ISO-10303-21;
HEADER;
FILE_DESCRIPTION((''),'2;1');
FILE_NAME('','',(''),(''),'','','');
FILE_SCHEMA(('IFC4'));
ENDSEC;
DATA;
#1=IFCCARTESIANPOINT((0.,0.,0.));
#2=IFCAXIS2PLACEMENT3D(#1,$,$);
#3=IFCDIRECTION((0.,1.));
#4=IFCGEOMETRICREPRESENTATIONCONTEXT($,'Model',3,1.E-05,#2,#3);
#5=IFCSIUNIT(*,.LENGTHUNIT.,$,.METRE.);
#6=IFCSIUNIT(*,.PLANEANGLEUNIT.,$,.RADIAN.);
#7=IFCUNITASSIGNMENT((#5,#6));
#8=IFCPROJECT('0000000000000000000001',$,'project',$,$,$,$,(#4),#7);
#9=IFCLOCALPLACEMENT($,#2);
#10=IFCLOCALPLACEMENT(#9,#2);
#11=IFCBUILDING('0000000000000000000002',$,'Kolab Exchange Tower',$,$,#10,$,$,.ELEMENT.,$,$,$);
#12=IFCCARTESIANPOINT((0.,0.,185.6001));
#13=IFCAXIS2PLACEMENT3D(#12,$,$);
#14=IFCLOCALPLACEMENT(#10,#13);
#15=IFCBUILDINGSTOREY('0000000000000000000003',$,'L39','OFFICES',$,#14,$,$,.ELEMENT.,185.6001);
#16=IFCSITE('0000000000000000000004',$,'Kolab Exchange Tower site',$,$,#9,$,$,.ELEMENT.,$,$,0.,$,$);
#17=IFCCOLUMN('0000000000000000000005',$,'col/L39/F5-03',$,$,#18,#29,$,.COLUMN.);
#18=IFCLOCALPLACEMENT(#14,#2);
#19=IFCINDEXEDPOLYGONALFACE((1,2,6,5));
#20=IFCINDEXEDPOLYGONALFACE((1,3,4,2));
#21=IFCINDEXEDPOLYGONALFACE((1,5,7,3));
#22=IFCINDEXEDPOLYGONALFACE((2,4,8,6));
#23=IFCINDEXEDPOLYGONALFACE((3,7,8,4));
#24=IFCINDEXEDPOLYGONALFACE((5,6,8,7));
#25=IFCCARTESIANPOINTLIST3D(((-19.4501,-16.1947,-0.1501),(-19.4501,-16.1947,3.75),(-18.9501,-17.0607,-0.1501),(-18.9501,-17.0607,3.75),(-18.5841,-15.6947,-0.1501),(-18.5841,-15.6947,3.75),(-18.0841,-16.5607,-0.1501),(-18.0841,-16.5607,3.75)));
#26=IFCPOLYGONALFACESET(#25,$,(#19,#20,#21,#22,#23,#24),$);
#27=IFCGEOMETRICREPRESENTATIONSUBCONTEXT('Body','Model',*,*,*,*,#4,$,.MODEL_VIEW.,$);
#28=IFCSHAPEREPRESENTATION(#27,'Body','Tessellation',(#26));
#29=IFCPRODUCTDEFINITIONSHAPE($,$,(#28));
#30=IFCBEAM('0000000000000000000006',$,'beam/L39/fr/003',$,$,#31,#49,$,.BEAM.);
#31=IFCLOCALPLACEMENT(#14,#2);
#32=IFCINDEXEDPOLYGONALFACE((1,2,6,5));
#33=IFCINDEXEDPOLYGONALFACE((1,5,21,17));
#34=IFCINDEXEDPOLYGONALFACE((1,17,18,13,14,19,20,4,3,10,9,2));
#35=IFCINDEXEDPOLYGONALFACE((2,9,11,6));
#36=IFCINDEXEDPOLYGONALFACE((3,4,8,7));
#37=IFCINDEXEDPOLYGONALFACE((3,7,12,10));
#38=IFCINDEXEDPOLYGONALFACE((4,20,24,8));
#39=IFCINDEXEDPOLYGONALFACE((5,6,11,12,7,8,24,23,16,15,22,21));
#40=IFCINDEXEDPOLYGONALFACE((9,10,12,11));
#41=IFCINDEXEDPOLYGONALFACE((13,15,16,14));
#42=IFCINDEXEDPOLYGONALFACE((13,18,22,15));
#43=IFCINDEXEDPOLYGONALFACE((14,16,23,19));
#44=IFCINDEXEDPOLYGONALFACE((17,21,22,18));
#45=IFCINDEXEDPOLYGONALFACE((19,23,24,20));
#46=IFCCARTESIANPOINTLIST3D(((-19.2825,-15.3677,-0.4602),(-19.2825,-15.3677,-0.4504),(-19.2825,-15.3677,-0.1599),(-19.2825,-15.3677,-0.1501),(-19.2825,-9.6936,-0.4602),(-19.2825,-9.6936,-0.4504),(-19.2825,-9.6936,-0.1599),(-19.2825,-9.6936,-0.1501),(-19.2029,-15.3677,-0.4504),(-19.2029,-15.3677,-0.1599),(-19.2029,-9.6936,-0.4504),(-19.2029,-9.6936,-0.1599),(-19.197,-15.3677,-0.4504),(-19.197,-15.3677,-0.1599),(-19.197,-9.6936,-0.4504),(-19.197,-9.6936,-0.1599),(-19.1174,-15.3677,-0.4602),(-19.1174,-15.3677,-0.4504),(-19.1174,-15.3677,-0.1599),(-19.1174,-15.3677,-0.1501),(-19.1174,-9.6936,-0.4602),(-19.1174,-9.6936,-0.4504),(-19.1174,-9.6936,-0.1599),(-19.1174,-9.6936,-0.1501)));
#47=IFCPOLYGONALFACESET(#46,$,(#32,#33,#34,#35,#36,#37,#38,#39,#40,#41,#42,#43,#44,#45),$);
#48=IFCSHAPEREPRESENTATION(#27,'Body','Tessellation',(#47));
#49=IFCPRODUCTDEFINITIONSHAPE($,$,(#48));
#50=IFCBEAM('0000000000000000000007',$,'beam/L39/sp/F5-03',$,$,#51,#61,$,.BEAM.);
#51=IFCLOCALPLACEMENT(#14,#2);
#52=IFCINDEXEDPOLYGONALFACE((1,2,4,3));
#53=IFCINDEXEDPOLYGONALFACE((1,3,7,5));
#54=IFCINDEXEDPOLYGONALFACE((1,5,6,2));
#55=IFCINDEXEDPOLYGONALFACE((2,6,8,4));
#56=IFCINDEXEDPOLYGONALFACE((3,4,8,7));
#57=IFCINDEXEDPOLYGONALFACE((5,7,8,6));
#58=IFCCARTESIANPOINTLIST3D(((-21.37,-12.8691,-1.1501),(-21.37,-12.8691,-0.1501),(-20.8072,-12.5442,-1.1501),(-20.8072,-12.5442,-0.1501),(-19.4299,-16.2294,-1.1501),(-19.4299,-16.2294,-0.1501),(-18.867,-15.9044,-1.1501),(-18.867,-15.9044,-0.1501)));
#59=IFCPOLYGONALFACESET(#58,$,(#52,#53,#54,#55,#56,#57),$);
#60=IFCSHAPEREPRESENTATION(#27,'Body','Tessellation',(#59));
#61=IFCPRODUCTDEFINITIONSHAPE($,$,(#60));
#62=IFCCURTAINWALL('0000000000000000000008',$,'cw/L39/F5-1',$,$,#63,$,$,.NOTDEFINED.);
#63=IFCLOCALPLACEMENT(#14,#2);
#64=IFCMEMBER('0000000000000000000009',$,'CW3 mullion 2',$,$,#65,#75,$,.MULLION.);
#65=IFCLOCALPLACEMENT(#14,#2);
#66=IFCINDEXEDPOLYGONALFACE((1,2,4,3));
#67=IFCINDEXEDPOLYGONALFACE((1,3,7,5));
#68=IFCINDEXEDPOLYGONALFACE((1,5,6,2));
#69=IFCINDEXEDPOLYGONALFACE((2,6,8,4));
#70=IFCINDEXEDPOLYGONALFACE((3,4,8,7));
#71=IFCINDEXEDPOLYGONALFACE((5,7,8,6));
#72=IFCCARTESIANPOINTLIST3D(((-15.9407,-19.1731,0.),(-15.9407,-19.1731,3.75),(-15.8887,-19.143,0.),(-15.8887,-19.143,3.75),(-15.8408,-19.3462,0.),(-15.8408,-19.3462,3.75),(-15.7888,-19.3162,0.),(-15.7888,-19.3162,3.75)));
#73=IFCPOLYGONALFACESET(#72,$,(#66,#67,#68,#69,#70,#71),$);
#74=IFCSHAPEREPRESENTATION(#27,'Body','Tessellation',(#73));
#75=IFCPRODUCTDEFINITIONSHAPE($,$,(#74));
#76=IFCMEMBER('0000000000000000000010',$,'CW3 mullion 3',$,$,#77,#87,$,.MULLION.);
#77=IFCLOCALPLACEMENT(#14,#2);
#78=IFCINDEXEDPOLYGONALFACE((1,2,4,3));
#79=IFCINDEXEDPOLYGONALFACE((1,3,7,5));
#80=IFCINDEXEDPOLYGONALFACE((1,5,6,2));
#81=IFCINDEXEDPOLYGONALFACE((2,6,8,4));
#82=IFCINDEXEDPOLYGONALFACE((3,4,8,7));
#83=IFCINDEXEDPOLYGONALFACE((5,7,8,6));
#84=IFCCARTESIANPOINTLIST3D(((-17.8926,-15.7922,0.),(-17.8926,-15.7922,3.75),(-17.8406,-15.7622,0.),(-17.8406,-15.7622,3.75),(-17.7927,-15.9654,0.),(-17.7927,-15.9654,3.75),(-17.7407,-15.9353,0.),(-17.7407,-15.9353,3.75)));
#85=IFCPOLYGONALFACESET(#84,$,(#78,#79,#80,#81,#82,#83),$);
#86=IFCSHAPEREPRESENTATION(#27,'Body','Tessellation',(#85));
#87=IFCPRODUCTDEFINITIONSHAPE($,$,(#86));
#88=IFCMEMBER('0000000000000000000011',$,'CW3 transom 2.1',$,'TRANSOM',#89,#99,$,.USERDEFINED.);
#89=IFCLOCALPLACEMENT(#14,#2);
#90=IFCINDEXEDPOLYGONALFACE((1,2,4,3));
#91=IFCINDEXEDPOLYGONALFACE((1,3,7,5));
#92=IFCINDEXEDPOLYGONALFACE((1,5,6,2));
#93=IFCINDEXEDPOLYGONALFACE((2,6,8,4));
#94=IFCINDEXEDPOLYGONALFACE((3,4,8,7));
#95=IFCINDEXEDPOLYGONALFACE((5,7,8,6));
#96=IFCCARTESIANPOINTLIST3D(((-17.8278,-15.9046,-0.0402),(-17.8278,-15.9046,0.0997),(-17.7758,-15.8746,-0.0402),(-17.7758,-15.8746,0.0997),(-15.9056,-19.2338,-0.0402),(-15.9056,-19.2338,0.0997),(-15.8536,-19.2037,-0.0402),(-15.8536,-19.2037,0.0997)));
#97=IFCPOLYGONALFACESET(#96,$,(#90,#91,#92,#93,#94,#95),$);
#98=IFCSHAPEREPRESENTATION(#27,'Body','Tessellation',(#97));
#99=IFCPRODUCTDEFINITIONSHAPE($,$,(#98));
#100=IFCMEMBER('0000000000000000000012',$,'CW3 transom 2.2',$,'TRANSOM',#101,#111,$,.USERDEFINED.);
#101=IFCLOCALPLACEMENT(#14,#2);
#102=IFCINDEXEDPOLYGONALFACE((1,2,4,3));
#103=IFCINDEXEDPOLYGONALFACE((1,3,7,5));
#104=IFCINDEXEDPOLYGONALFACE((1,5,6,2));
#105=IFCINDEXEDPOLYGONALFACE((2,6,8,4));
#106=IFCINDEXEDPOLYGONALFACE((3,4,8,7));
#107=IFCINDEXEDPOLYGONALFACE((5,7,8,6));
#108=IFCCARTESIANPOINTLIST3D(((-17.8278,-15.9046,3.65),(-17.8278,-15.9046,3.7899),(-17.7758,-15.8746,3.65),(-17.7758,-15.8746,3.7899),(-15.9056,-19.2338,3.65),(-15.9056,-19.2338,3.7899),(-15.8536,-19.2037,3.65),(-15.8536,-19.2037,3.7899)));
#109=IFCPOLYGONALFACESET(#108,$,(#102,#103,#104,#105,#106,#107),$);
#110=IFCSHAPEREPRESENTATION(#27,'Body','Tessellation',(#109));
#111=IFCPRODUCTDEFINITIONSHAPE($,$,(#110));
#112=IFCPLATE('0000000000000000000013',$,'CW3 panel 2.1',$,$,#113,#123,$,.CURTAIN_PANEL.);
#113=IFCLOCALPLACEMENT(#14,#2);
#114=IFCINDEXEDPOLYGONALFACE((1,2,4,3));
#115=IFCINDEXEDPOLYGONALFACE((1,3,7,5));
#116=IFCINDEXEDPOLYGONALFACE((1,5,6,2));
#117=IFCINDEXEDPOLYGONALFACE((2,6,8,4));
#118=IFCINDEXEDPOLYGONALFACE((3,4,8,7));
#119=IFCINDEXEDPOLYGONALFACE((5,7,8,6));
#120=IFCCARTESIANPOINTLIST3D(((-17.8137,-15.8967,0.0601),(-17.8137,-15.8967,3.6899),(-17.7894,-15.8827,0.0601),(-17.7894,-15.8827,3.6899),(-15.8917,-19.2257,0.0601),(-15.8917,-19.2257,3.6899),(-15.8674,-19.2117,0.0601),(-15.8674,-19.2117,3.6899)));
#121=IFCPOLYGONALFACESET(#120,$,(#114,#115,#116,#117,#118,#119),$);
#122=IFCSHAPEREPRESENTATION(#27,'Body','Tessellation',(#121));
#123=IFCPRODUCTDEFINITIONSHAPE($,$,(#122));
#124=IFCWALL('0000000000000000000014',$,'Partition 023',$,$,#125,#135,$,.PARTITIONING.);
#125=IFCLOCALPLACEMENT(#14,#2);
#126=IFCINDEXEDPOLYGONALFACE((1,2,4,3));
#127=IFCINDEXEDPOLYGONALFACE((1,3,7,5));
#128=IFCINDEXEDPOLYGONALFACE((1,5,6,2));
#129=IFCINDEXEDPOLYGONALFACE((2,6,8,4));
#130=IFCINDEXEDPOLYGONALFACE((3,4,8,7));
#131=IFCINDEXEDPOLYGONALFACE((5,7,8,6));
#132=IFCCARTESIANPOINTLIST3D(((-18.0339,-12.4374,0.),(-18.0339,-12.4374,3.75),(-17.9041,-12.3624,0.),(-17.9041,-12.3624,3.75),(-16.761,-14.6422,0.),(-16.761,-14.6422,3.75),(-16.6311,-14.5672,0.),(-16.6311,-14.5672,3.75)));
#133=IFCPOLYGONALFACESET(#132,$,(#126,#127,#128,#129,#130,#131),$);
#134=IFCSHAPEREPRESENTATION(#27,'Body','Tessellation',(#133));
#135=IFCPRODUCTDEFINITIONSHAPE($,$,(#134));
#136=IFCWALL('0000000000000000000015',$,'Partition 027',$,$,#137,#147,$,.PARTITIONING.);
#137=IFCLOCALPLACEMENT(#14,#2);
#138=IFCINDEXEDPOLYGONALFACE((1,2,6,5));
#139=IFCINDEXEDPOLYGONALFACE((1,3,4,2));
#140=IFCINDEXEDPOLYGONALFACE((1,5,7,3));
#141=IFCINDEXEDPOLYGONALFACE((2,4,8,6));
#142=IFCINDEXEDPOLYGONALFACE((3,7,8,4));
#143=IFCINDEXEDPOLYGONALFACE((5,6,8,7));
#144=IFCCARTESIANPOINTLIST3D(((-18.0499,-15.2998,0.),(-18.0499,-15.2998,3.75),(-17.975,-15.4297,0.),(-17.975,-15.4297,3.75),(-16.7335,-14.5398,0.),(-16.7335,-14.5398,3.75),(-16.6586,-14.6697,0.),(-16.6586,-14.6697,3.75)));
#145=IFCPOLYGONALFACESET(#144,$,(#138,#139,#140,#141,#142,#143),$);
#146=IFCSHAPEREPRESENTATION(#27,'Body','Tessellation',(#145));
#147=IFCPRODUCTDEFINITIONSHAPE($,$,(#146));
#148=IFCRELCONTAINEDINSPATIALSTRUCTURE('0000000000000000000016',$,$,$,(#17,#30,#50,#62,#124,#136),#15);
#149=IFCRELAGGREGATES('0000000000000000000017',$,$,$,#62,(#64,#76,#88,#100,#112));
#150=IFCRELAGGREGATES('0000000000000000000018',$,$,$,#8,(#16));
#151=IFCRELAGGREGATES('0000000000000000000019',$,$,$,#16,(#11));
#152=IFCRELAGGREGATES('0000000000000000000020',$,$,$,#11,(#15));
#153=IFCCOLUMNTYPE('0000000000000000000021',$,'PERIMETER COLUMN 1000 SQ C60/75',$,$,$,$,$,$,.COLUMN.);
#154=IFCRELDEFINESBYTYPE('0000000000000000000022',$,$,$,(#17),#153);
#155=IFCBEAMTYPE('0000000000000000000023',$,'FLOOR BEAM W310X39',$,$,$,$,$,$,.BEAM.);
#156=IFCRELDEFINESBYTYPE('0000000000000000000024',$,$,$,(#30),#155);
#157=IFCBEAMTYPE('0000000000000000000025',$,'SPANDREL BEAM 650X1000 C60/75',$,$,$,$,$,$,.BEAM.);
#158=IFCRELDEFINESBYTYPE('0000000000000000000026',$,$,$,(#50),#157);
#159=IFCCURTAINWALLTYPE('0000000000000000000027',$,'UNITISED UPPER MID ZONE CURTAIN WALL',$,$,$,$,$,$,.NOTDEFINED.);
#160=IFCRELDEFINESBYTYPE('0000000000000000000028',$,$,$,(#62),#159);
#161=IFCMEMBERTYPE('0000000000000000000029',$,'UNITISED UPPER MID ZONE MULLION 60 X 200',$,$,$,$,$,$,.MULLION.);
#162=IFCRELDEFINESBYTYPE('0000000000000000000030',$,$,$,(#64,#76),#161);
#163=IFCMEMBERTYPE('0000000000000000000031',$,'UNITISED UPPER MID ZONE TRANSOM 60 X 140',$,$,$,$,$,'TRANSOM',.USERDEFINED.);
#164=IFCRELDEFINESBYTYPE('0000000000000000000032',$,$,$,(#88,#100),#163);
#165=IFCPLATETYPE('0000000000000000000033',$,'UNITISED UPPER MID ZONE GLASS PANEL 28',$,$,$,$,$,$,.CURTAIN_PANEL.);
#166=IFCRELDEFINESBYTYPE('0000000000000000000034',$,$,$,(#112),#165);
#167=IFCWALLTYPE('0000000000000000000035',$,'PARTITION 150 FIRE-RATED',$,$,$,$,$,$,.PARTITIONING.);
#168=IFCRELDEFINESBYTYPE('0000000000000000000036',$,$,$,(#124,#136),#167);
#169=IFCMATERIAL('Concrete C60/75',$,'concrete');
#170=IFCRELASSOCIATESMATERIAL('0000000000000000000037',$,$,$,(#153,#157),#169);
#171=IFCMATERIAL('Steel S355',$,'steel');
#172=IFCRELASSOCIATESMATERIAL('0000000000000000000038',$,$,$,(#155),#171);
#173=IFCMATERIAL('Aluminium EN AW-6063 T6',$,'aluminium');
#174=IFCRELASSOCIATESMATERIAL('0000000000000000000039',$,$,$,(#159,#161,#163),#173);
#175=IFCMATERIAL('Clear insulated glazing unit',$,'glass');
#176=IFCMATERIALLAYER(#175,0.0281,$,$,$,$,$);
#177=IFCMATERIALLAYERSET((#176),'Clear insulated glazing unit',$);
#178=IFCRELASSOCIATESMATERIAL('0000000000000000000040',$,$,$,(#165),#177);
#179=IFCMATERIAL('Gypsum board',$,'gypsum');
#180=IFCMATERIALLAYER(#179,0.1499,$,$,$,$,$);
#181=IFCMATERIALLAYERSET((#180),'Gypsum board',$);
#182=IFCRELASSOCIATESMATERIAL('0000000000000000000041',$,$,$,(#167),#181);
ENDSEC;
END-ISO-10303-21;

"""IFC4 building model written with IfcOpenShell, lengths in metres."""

from ifc_helpers import new_model, si_unit, direction, frame, frame_2d, origin, origin_2d, place, context, subcontext, project, spatial, rectangle, i_section, extrude, material, layer, layer_set, material_profile, profile_set, type_object, element, aggregate, save


model = new_model("IFC4")

# Units and contexts
model_context = context("Model", 3, precision=1e-05, world=origin(), true_north=direction((0.0, 1.0)))
body_context = subcontext(model_context, "Body", "Model", "MODEL_VIEW")
ifc_project = project(units=[si_unit("LENGTHUNIT", "METRE"), si_unit("PLANEANGLEUNIT", "RADIAN")], contexts=[model_context])

# Site, building, storey
site_placement = place(None, origin())
site = spatial("IfcSite", under=ifc_project, at=site_placement, Name="Kolab Exchange Tower site", CompositionType="ELEMENT", RefElevation=0.0)
building_placement = place(site_placement, origin())
building = spatial("IfcBuilding", under=site, at=building_placement, Name="Kolab Exchange Tower", CompositionType="ELEMENT")
storey_placement = place(building_placement, frame((0.0, 0.0, 185.6001)))
storey = spatial("IfcBuildingStorey", under=building, at=storey_placement, Name="L39", Description="OFFICES", CompositionType="ELEMENT", Elevation=185.6001)

# Column
ifc_material_1 = material(Name="Concrete C60/75", Category="concrete")
ifc_material_profile_1 = material_profile(ifc_material_1, rectangle(XDim=1.0, YDim=1.0, at=origin_2d()), Name="RC1000")
ifc_profile_set_1 = profile_set([ifc_material_profile_1], Name="Concrete C60/75")
column_type = type_object("IfcColumnType", Name="PERIMETER COLUMN 1000 SQ C60/75", PredefinedType="COLUMN", material=ifc_profile_set_1)
column_placement = place(storey_placement, frame((-18.7671, -16.3777, -0.1501), z_axis=(0.0, 0.0, 1.0), x_axis=(0.866025, 0.5, 0.0)))
element("IfcColumn", 1, at=column_placement, inside=storey, type_object=column_type, Name="col/L39/F5-03", PredefinedType="COLUMN", context=body_context, shape_type="SweptSolid", body=[
    extrude(rectangle(XDim=1.0, YDim=1.0, at=origin_2d()), origin(), (0.0, 0.0, 1.0), 3.9001),
])

# Beams
ifc_material_2 = material(Name="Steel S355", Category="steel")
ifc_material_profile_2 = material_profile(ifc_material_2, i_section(OverallWidth=0.165, OverallDepth=0.3101, WebThickness=0.0059, FlangeThickness=0.0098, at=origin_2d()), Name="W310X39")
ifc_profile_set_2 = profile_set([ifc_material_profile_2], Name="Steel S355")
beam_type_1 = type_object("IfcBeamType", Name="FLOOR BEAM W310X39", PredefinedType="BEAM", material=ifc_profile_set_2)
beam_1_placement = place(storey_placement, frame((-19.2, -15.3677, -0.3052), z_axis=(0.0, 1.0, 0.0), x_axis=(-1.0, 0.0, 0.0)))
element("IfcBeam", 2, at=beam_1_placement, inside=storey, type_object=beam_type_1, Name="beam/L39/fr/003", PredefinedType="BEAM", context=body_context, shape_type="SweptSolid", body=[
    extrude(i_section(OverallWidth=0.165, OverallDepth=0.3101, WebThickness=0.0059, FlangeThickness=0.0098, at=origin_2d()), origin(), (0.0, 0.0, 1.0), 5.6741),
])
ifc_material_profile_3 = material_profile(ifc_material_1, rectangle(XDim=0.6499, YDim=1.0, at=origin_2d()), Name="RC650X1000")
ifc_profile_set_3 = profile_set([ifc_material_profile_3], Name="Concrete C60/75")
beam_type_2 = type_object("IfcBeamType", Name="SPANDREL BEAM 650X1000 C60/75", PredefinedType="BEAM", material=ifc_profile_set_3)
beam_2_placement = place(storey_placement, frame((-19.1484, -16.0669, -0.6501), z_axis=(-0.500017, 0.866016, 0.0), x_axis=(-0.866016, -0.500017, 0.0)))
element("IfcBeam", 3, at=beam_2_placement, inside=storey, type_object=beam_type_2, Name="beam/L39/sp/F5-03", PredefinedType="BEAM", context=body_context, shape_type="SweptSolid", body=[
    extrude(rectangle(XDim=0.6499, YDim=1.0, at=origin_2d()), origin(), (0.0, 0.0, 1.0), 3.8801),
])

# Curtain wall, members, plate
ifc_material_3 = material(Name="Aluminium EN AW-6063 T6", Category="aluminium")
curtain_wall_type = type_object("IfcCurtainWallType", Name="UNITISED UPPER MID ZONE CURTAIN WALL", PredefinedType="NOTDEFINED", material=ifc_material_3)
curtain_wall_placement = place(storey_placement, origin())
curtain_wall = element("IfcCurtainWall", 4, at=curtain_wall_placement, inside=storey, type_object=curtain_wall_type, Name="cw/L39/F5-1", PredefinedType="NOTDEFINED")
ifc_material_profile_4 = material_profile(ifc_material_3, rectangle(XDim=0.0601, YDim=0.2, at=origin_2d()), Name="RECT 60X200")
ifc_profile_set_4 = profile_set([ifc_material_profile_4], Name="Aluminium EN AW-6063 T6")
member_type_1 = type_object("IfcMemberType", Name="UNITISED UPPER MID ZONE MULLION 60 X 200", PredefinedType="MULLION", material=ifc_profile_set_4)
member_1_placement = place(storey_placement, frame((-15.8647, -19.2446, 0.0), z_axis=(0.0, 0.0, 1.0), x_axis=(-0.866025, -0.5, 0.0)))
member_1 = element("IfcMember", 5, at=member_1_placement, type_object=member_type_1, Name="CW3 mullion 2", PredefinedType="MULLION", context=body_context, shape_type="SweptSolid", body=[
    extrude(rectangle(XDim=0.0601, YDim=0.2, at=origin_2d()), origin(), (0.0, 0.0, 1.0), 3.75),
])
member_2_placement = place(storey_placement, frame((-17.8167, -15.8638, 0.0), z_axis=(0.0, 0.0, 1.0), x_axis=(-0.866025, -0.5, 0.0)))
member_2 = element("IfcMember", 6, at=member_2_placement, type_object=member_type_1, Name="CW3 mullion 3", PredefinedType="MULLION", context=body_context, shape_type="SweptSolid", body=[
    extrude(rectangle(XDim=0.0601, YDim=0.2, at=origin_2d()), origin(), (0.0, 0.0, 1.0), 3.75),
])
ifc_material_profile_5 = material_profile(ifc_material_3, rectangle(XDim=0.0601, YDim=0.1399, at=origin_2d()), Name="RECT 60X140")
ifc_profile_set_5 = profile_set([ifc_material_profile_5], Name="Aluminium EN AW-6063 T6")
member_type_2 = type_object("IfcMemberType", Name="UNITISED UPPER MID ZONE TRANSOM 60 X 140", ElementType="TRANSOM", PredefinedType="USERDEFINED", material=ifc_profile_set_5)
member_3_placement = place(storey_placement, frame((-15.8796, -19.2188, 0.0298), z_axis=(-0.500012, 0.866018, 0.0), x_axis=(-0.866018, -0.500012, 0.0)))
member_3 = element("IfcMember", 7, at=member_3_placement, type_object=member_type_2, Name="CW3 transom 2.1", ObjectType="TRANSOM", PredefinedType="USERDEFINED", context=body_context, shape_type="SweptSolid", body=[
    extrude(rectangle(XDim=0.0601, YDim=0.1399, at=origin_2d()), origin(), (0.0, 0.0, 1.0), 3.8442),
])
member_4_placement = place(storey_placement, frame((-15.8796, -19.2188, 3.72), z_axis=(-0.500012, 0.866018, 0.0), x_axis=(-0.866018, -0.500012, 0.0)))
member_4 = element("IfcMember", 8, at=member_4_placement, type_object=member_type_2, Name="CW3 transom 2.2", ObjectType="TRANSOM", PredefinedType="USERDEFINED", context=body_context, shape_type="SweptSolid", body=[
    extrude(rectangle(XDim=0.0601, YDim=0.1399, at=origin_2d()), origin(), (0.0, 0.0, 1.0), 3.8442),
])
ifc_material_4 = material(Name="Clear insulated glazing unit", Category="glass")
ifc_layer_1 = layer(ifc_material_4, 0.0281)
ifc_layer_set_1 = layer_set([ifc_layer_1], Name="Clear insulated glazing unit")
plate_type = type_object("IfcPlateType", Name="UNITISED UPPER MID ZONE GLASS PANEL 28", PredefinedType="CURTAIN_PANEL", material=ifc_layer_set_1)
plate_placement = place(storey_placement, frame((-16.8406, -17.5542, 0.0601), z_axis=(0.0, 0.0, 1.0), x_axis=(-0.5, 0.866025, 0.0)))
plate = element("IfcPlate", 9, at=plate_placement, type_object=plate_type, Name="CW3 panel 2.1", PredefinedType="CURTAIN_PANEL", context=body_context, shape_type="SweptSolid", body=[
    extrude(rectangle(XDim=3.844, YDim=0.0281, at=origin_2d()), origin(), (0.0, 0.0, 1.0), 3.6299),
])
aggregate(curtain_wall, [member_1, member_2, member_3, member_4, plate])

# Walls
ifc_material_5 = material(Name="Gypsum board", Category="gypsum")
ifc_layer_2 = layer(ifc_material_5, 0.1499)
ifc_layer_set_2 = layer_set([ifc_layer_2], Name="Gypsum board")
wall_type_1 = type_object("IfcWallType", Name="PARTITION 150 FIRE-RATED", PredefinedType="PARTITIONING", material=ifc_layer_set_2)
wall_1_placement = place(storey_placement, frame((-17.969, -12.3999, 0.0), z_axis=(0.0, 0.0, 1.0), x_axis=(0.499996, -0.866027, 0.0)))
element("IfcWall", 10, at=wall_1_placement, inside=storey, type_object=wall_type_1, Name="Partition 023", PredefinedType="PARTITIONING", context=body_context, shape_type="SweptSolid", body=[
    extrude(rectangle(XDim=2.5459, YDim=0.1499, at=frame_2d((1.2729, 0.0))), origin(), (0.0, 0.0, 1.0), 3.75),
])
wall_2_placement = place(storey_placement, frame((-18.0125, -15.3647, 0.0), z_axis=(0.0, 0.0, 1.0), x_axis=(0.86603, 0.499991, 0.0)))
element("IfcWall", 11, at=wall_2_placement, inside=storey, type_object=wall_type_1, Name="Partition 027", PredefinedType="PARTITIONING", context=body_context, shape_type="SweptSolid", body=[
    extrude(rectangle(XDim=1.52, YDim=0.1499, at=frame_2d((0.76, 0.0))), origin(), (0.0, 0.0, 1.0), 3.75),
])

save(model, "model.ifc")
